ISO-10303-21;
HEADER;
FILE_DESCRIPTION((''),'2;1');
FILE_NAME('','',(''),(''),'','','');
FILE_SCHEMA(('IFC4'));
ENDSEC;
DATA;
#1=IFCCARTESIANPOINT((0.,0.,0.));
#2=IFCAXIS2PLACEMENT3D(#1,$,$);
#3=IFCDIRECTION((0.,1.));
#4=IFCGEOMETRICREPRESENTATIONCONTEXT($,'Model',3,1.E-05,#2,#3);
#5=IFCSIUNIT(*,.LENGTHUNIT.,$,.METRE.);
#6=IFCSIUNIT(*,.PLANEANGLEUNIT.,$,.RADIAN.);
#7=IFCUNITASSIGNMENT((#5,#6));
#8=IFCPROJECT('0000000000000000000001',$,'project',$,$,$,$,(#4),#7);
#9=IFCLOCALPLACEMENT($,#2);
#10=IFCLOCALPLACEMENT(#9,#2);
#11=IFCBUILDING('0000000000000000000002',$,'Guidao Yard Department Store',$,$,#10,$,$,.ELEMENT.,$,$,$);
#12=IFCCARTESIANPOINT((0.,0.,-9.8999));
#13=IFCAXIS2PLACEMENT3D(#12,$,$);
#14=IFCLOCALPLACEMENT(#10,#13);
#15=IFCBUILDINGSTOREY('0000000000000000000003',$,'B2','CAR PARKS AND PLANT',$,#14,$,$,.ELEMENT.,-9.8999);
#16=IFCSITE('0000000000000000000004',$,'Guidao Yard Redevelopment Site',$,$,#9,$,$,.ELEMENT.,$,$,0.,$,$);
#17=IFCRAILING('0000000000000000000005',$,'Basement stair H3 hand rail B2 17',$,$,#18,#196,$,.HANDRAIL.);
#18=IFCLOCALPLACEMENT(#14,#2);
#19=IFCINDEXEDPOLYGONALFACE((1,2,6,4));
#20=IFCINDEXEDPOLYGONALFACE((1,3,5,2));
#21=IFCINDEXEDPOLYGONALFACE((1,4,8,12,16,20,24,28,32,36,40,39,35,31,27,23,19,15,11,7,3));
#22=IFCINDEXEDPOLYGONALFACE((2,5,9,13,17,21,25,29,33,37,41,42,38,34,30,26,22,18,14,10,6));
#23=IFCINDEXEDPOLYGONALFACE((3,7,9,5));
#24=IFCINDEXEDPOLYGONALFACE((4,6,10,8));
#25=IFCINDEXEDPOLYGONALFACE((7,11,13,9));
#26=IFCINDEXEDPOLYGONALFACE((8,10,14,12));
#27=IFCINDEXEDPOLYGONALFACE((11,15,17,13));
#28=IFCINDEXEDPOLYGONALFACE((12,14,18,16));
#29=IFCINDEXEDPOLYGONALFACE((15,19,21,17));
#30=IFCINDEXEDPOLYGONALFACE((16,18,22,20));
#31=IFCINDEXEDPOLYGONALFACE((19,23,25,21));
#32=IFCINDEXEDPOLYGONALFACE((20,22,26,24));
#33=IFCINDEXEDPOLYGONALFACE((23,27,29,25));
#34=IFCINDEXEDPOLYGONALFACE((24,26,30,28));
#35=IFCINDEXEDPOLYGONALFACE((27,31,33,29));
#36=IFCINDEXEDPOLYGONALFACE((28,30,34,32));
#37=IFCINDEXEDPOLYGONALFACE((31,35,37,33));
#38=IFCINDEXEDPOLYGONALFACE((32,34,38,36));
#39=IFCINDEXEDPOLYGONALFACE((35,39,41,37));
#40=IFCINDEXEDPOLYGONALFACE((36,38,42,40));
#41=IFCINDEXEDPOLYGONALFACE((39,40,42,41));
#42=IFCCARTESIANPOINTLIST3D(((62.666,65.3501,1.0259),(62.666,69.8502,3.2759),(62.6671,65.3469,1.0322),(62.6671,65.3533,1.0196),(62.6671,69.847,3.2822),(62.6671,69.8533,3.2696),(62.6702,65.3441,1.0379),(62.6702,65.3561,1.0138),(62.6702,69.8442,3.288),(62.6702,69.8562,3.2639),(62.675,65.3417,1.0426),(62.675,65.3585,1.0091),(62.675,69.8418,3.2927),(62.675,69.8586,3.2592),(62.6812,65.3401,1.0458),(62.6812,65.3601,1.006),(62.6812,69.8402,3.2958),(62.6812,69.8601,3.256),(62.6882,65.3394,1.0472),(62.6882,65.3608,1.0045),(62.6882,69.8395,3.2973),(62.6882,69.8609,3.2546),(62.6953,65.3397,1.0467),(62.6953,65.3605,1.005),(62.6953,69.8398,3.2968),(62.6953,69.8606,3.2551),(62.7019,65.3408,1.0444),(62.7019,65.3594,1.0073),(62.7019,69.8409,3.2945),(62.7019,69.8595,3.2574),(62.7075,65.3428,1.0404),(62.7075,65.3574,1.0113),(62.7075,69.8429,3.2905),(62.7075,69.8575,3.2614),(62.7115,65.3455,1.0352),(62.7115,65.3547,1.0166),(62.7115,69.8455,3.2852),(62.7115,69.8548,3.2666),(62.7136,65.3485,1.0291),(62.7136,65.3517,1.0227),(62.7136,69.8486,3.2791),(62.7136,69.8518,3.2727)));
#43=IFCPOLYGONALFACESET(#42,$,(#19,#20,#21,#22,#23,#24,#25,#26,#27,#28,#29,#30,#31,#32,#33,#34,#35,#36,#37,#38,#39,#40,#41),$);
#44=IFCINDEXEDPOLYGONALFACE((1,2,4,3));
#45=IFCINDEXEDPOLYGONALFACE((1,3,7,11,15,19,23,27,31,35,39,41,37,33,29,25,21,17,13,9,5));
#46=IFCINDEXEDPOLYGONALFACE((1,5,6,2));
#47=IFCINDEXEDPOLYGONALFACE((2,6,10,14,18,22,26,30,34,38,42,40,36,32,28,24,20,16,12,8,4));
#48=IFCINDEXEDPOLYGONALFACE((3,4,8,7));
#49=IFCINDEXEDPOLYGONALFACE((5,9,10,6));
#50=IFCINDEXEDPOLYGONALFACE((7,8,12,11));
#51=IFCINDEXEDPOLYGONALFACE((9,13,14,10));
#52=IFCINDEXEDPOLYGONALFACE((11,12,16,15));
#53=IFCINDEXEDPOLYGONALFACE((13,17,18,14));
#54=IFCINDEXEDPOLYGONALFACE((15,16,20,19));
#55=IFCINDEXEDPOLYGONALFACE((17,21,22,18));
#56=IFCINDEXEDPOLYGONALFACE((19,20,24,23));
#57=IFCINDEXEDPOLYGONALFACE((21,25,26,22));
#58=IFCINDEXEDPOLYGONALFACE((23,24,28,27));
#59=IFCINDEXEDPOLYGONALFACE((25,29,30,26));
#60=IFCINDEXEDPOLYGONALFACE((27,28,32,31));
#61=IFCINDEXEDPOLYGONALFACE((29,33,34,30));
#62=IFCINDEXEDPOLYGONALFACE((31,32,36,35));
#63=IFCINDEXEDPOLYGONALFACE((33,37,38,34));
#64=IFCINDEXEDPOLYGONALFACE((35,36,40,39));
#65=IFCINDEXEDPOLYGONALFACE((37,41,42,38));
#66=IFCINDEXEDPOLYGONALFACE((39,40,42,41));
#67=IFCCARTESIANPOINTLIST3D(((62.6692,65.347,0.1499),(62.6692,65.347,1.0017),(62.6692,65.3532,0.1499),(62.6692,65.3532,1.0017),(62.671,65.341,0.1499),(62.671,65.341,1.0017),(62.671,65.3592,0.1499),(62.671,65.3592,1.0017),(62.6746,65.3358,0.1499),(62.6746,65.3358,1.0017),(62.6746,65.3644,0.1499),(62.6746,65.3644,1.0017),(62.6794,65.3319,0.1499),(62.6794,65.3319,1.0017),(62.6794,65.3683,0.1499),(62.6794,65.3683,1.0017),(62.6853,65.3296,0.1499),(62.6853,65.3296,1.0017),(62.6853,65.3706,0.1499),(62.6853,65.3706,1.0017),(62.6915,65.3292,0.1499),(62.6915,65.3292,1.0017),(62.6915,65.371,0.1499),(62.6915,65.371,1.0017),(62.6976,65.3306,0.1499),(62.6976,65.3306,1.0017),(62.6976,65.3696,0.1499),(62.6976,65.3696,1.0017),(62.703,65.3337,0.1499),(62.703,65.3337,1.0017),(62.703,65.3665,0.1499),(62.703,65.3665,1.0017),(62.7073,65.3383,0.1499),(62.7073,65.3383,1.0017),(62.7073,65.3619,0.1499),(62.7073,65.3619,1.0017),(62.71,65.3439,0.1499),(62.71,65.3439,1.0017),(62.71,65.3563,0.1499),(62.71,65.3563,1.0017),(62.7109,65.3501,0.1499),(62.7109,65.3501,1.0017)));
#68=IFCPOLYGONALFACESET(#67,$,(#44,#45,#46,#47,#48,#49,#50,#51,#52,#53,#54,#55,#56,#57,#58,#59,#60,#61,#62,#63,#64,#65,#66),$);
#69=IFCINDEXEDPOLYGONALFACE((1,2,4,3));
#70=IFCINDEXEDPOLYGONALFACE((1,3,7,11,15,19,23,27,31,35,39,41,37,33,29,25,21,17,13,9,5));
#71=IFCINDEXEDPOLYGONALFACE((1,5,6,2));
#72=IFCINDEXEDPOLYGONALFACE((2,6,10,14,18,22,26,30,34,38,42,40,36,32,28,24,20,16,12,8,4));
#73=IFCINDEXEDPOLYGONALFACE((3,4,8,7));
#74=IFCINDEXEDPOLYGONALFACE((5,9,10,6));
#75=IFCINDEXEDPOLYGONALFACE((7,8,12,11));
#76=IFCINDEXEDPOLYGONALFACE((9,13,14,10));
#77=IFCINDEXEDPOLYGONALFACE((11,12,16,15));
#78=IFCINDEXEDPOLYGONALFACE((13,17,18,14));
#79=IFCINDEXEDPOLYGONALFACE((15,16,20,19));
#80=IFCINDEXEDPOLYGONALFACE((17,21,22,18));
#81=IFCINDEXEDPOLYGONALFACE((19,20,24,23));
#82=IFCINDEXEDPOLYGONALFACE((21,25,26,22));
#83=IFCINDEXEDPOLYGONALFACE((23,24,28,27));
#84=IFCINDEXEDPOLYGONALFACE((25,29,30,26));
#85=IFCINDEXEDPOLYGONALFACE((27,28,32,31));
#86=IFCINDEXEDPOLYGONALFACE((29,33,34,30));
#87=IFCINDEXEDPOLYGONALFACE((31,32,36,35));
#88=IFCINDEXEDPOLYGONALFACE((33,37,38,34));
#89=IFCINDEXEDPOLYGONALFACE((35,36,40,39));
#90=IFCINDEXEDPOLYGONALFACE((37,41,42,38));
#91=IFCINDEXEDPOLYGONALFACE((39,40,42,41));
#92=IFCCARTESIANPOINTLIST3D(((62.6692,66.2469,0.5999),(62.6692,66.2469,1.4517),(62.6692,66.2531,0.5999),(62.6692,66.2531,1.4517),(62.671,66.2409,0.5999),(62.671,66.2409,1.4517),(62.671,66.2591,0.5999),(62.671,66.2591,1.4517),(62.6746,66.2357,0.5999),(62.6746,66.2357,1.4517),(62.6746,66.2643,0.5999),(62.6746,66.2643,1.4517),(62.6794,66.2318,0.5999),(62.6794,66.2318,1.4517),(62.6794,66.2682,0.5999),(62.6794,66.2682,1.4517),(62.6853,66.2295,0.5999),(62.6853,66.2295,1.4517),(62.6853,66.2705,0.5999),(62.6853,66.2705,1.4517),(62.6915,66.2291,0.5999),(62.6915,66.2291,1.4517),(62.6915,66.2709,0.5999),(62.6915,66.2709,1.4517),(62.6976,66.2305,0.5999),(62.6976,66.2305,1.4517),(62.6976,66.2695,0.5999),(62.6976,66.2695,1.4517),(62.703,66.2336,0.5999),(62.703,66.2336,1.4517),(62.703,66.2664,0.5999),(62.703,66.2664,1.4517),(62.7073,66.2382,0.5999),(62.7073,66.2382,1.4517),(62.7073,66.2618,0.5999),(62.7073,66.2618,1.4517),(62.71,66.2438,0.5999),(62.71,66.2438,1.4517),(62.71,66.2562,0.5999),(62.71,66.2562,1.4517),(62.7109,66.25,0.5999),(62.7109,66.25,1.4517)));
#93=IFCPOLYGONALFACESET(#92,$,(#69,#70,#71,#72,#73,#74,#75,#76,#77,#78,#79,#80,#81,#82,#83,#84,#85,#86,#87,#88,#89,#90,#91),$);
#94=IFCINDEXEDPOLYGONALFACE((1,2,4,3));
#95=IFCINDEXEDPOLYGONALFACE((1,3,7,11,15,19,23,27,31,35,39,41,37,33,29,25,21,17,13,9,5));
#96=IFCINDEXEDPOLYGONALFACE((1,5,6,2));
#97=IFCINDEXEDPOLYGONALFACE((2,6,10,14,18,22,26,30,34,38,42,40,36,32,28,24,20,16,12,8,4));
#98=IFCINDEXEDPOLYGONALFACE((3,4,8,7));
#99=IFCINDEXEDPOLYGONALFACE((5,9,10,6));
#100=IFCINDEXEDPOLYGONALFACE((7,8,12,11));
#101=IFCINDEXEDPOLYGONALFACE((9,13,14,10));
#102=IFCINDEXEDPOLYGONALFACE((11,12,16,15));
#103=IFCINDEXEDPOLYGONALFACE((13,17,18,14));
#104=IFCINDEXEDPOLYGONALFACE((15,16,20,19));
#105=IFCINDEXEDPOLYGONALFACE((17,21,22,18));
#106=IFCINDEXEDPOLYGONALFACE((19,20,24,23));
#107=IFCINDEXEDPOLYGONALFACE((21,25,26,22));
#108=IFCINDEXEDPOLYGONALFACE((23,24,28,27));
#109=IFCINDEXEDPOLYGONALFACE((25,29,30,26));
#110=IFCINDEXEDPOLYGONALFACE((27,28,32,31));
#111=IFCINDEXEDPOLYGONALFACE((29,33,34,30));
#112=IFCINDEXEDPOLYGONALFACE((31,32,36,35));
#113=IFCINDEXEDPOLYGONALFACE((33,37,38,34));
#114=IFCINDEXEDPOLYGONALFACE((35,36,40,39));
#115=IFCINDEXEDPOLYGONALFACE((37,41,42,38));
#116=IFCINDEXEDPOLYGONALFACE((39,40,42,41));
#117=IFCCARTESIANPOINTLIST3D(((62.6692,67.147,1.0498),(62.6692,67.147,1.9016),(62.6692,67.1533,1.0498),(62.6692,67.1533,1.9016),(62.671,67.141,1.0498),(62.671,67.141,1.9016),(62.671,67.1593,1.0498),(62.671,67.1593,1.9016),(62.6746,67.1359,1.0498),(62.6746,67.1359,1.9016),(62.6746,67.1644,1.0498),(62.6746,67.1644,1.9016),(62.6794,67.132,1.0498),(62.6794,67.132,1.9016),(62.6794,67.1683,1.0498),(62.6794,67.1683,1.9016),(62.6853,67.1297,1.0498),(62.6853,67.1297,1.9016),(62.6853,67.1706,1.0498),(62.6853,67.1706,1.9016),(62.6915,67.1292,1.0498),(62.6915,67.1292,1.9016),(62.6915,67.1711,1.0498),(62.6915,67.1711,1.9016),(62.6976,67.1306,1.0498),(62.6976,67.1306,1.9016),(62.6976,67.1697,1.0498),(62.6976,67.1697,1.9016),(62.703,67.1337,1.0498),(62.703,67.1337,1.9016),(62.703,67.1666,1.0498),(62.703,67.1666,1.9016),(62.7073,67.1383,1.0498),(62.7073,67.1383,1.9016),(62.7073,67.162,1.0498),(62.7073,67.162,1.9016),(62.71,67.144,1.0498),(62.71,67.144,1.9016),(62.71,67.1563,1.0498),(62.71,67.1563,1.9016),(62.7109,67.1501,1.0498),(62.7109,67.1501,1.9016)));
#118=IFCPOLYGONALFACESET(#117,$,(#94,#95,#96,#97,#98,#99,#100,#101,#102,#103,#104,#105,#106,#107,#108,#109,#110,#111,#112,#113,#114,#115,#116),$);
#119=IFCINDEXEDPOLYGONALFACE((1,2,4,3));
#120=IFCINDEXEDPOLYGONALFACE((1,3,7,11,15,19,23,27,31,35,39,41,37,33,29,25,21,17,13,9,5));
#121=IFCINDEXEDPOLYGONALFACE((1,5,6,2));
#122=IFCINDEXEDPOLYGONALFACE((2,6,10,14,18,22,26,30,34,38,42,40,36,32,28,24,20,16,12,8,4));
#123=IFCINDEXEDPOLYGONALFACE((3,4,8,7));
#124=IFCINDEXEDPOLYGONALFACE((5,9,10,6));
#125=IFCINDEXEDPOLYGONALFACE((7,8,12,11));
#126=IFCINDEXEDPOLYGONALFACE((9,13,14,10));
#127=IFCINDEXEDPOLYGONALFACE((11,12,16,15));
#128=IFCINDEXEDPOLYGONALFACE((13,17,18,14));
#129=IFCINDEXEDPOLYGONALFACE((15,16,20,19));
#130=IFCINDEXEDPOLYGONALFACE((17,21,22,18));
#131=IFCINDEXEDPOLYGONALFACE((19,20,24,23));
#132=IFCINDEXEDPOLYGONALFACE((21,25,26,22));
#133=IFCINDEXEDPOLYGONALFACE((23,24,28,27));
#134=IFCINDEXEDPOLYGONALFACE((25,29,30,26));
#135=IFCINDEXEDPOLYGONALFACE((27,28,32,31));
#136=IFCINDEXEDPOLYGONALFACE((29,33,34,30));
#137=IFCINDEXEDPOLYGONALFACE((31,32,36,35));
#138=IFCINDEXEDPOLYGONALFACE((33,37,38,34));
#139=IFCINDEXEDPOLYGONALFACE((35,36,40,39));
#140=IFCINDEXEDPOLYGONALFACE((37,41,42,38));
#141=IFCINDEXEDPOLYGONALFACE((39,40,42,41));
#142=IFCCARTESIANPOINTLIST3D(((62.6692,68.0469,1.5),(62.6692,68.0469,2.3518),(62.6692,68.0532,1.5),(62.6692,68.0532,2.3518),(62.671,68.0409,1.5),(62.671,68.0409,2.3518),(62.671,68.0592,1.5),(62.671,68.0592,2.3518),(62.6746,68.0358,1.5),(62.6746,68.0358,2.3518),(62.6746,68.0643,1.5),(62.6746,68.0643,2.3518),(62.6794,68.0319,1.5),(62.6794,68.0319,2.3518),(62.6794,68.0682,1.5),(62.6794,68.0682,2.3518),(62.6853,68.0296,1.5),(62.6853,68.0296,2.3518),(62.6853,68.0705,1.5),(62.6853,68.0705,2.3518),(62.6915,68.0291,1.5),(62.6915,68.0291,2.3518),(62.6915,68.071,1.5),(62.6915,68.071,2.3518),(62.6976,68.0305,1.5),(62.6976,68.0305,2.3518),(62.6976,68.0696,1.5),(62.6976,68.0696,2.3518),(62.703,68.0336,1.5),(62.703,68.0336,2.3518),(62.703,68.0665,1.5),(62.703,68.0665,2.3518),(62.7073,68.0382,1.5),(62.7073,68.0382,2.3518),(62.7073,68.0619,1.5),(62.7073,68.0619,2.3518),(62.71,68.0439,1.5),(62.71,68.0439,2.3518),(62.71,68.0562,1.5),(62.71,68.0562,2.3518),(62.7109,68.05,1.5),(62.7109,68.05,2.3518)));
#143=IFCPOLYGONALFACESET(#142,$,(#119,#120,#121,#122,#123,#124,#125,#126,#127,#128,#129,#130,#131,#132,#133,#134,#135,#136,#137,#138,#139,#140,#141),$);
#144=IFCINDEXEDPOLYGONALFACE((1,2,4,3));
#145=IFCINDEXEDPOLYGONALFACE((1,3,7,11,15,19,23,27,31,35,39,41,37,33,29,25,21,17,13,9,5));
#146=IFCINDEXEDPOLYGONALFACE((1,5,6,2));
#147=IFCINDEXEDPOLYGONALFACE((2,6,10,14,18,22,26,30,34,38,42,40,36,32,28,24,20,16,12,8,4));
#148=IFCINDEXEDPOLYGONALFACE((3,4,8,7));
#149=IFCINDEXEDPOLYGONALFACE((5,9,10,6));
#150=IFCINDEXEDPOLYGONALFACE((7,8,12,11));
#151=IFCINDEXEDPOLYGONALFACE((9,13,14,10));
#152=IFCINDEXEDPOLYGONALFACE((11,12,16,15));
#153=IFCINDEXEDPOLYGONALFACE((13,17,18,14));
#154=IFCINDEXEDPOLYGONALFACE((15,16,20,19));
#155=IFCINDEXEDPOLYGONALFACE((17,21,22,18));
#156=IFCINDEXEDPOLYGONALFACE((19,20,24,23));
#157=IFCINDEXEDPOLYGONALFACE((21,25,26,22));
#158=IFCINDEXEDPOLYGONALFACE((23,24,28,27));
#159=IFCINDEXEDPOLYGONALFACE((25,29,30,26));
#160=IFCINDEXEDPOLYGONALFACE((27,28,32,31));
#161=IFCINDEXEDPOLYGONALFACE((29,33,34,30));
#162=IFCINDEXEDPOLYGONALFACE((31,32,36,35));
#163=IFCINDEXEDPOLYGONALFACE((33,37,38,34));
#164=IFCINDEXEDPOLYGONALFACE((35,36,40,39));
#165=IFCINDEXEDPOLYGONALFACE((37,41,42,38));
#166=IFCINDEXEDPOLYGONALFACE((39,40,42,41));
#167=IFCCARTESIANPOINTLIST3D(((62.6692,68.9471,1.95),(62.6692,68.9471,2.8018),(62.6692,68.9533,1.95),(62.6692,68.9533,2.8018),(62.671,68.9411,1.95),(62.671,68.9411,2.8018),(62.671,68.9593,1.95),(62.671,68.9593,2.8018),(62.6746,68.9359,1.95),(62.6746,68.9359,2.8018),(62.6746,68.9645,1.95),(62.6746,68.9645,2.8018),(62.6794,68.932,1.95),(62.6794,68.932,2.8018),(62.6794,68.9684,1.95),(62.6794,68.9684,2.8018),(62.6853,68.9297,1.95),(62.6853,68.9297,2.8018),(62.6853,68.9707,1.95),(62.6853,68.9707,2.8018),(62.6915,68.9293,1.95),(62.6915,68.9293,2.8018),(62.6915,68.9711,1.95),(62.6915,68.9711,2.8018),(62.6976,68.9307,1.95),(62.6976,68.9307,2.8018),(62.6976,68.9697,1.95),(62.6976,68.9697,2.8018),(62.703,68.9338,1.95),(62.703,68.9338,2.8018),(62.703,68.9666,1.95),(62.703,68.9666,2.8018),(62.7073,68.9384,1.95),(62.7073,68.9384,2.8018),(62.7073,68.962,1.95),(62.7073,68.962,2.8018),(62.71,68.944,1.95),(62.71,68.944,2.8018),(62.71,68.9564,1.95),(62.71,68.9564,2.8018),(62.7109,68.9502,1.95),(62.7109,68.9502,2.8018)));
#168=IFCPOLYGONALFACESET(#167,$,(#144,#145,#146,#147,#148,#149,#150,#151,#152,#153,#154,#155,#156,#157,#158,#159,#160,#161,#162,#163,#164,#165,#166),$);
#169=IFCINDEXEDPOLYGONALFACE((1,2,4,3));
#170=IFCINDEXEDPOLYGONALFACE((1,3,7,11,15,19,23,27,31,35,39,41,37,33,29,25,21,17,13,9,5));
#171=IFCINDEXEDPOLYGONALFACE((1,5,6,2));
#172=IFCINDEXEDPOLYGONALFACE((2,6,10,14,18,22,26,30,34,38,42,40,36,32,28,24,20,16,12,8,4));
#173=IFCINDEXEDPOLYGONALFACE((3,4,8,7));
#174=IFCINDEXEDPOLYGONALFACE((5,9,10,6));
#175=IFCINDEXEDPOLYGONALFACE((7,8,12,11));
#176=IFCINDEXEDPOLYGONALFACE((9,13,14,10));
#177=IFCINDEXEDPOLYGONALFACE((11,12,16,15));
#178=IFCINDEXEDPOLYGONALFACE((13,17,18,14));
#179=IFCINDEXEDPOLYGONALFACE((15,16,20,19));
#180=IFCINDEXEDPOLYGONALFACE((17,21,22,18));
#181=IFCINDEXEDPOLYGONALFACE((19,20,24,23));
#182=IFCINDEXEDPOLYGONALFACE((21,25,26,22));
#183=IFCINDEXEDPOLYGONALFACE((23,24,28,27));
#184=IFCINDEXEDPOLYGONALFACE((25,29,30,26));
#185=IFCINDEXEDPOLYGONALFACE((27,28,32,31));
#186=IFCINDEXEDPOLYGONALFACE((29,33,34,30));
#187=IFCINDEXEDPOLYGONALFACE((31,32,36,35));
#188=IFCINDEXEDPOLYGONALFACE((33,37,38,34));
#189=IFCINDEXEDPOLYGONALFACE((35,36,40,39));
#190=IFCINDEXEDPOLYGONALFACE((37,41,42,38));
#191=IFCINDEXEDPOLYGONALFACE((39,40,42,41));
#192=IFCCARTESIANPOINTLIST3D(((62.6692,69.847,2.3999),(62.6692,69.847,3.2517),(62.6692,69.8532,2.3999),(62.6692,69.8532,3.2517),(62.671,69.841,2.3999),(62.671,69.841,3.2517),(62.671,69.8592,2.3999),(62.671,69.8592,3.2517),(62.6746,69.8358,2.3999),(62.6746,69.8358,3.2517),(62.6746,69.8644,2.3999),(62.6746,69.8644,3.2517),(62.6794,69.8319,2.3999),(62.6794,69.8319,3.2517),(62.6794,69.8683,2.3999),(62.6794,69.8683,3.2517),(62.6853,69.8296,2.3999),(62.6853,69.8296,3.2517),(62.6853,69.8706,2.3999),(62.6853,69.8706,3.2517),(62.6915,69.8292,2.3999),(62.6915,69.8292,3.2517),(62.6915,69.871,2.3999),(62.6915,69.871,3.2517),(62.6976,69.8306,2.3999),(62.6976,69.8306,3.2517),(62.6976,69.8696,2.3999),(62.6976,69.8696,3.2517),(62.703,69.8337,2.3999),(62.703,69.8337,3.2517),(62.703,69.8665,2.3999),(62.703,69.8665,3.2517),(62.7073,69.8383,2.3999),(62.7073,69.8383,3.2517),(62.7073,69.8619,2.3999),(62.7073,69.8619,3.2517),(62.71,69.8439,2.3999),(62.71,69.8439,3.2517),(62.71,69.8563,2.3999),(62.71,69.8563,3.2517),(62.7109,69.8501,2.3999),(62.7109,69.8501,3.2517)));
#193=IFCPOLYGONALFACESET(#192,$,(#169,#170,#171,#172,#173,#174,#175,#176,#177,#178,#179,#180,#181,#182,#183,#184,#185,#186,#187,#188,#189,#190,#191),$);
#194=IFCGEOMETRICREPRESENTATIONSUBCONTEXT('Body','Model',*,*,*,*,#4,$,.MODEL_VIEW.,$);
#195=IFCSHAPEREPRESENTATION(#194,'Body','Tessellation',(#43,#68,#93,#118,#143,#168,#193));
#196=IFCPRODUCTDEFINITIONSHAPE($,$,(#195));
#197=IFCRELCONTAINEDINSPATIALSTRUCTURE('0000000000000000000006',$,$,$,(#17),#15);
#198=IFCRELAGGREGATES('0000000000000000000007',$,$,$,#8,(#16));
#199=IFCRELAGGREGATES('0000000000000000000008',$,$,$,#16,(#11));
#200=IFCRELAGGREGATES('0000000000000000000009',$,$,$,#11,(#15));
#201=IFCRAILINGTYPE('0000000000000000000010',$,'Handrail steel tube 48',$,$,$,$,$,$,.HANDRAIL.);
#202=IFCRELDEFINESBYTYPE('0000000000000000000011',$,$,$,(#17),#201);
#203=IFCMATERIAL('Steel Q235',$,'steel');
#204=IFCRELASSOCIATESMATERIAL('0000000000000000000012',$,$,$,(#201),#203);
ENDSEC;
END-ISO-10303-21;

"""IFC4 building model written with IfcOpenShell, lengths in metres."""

from ifc_helpers import new_model, si_unit, direction, frame, origin, origin_2d, place, context, subcontext, project, spatial, circle, extrude, material, type_object, element, save


model = new_model("IFC4")

# Units and contexts
model_context = context("Model", 3, precision=1e-05, world=origin(), true_north=direction((0.0, 1.0)))
body_context = subcontext(model_context, "Body", "Model", "MODEL_VIEW")
ifc_project = project(units=[si_unit("LENGTHUNIT", "METRE"), si_unit("PLANEANGLEUNIT", "RADIAN")], contexts=[model_context])

# Site, building, storey
site_placement = place(None, origin())
site = spatial("IfcSite", under=ifc_project, at=site_placement, Name="Guidao Yard Redevelopment Site", CompositionType="ELEMENT", RefElevation=0.0)
building_placement = place(site_placement, origin())
building = spatial("IfcBuilding", under=site, at=building_placement, Name="Guidao Yard Department Store", CompositionType="ELEMENT")
storey_placement = place(building_placement, frame((0.0, 0.0, -9.8999)))
storey = spatial("IfcBuildingStorey", under=building, at=storey_placement, Name="B2", Description="CAR PARKS AND PLANT", CompositionType="ELEMENT", Elevation=-9.8999)

# Railing
ifc_material_1 = material(Name="Steel Q235", Category="steel")
railing_type_1 = type_object("IfcRailingType", Name="Handrail steel tube 48", PredefinedType="HANDRAIL", material=ifc_material_1)
for number, where, name in (
    (1, (62.6899, 65.3501, 0.1499), "Basement stair H3 hand rail B2 17"),
):
    element("IfcRailing", number, at=place(storey_placement, frame(where)), inside=storey, type_object=railing_type_1, Name=name, PredefinedType="HANDRAIL", context=body_context, shape_type="SweptSolid", body=[
        extrude(circle(Radius=0.0239, at=origin_2d()), frame((0.0, 0.0, 0.876), z_axis=(0.0, 0.894427, 0.447214), x_axis=(-1.0, 0.0, 0.0)), (0.0, 0.0, 1.0), 5.0312),
        extrude(circle(Radius=0.021, at=origin_2d()), origin(), (0.0, 0.0, 1.0), 0.8518),
        extrude(circle(Radius=0.021, at=origin_2d()), frame((0.0, 0.8999, 0.45)), (0.0, 0.0, 1.0), 0.8518),
        extrude(circle(Radius=0.021, at=origin_2d()), frame((0.0, 1.8, 0.8999)), (0.0, 0.0, 1.0), 0.8518),
        extrude(circle(Radius=0.021, at=origin_2d()), frame((0.0, 2.7, 1.3501)), (0.0, 0.0, 1.0), 0.8518),
        extrude(circle(Radius=0.021, at=origin_2d()), frame((0.0, 3.6001, 1.8)), (0.0, 0.0, 1.0), 0.8518),
        extrude(circle(Radius=0.021, at=origin_2d()), frame((0.0, 4.5, 2.25)), (0.0, 0.0, 1.0), 0.8518),
    ])

save(model, "model.ifc")
